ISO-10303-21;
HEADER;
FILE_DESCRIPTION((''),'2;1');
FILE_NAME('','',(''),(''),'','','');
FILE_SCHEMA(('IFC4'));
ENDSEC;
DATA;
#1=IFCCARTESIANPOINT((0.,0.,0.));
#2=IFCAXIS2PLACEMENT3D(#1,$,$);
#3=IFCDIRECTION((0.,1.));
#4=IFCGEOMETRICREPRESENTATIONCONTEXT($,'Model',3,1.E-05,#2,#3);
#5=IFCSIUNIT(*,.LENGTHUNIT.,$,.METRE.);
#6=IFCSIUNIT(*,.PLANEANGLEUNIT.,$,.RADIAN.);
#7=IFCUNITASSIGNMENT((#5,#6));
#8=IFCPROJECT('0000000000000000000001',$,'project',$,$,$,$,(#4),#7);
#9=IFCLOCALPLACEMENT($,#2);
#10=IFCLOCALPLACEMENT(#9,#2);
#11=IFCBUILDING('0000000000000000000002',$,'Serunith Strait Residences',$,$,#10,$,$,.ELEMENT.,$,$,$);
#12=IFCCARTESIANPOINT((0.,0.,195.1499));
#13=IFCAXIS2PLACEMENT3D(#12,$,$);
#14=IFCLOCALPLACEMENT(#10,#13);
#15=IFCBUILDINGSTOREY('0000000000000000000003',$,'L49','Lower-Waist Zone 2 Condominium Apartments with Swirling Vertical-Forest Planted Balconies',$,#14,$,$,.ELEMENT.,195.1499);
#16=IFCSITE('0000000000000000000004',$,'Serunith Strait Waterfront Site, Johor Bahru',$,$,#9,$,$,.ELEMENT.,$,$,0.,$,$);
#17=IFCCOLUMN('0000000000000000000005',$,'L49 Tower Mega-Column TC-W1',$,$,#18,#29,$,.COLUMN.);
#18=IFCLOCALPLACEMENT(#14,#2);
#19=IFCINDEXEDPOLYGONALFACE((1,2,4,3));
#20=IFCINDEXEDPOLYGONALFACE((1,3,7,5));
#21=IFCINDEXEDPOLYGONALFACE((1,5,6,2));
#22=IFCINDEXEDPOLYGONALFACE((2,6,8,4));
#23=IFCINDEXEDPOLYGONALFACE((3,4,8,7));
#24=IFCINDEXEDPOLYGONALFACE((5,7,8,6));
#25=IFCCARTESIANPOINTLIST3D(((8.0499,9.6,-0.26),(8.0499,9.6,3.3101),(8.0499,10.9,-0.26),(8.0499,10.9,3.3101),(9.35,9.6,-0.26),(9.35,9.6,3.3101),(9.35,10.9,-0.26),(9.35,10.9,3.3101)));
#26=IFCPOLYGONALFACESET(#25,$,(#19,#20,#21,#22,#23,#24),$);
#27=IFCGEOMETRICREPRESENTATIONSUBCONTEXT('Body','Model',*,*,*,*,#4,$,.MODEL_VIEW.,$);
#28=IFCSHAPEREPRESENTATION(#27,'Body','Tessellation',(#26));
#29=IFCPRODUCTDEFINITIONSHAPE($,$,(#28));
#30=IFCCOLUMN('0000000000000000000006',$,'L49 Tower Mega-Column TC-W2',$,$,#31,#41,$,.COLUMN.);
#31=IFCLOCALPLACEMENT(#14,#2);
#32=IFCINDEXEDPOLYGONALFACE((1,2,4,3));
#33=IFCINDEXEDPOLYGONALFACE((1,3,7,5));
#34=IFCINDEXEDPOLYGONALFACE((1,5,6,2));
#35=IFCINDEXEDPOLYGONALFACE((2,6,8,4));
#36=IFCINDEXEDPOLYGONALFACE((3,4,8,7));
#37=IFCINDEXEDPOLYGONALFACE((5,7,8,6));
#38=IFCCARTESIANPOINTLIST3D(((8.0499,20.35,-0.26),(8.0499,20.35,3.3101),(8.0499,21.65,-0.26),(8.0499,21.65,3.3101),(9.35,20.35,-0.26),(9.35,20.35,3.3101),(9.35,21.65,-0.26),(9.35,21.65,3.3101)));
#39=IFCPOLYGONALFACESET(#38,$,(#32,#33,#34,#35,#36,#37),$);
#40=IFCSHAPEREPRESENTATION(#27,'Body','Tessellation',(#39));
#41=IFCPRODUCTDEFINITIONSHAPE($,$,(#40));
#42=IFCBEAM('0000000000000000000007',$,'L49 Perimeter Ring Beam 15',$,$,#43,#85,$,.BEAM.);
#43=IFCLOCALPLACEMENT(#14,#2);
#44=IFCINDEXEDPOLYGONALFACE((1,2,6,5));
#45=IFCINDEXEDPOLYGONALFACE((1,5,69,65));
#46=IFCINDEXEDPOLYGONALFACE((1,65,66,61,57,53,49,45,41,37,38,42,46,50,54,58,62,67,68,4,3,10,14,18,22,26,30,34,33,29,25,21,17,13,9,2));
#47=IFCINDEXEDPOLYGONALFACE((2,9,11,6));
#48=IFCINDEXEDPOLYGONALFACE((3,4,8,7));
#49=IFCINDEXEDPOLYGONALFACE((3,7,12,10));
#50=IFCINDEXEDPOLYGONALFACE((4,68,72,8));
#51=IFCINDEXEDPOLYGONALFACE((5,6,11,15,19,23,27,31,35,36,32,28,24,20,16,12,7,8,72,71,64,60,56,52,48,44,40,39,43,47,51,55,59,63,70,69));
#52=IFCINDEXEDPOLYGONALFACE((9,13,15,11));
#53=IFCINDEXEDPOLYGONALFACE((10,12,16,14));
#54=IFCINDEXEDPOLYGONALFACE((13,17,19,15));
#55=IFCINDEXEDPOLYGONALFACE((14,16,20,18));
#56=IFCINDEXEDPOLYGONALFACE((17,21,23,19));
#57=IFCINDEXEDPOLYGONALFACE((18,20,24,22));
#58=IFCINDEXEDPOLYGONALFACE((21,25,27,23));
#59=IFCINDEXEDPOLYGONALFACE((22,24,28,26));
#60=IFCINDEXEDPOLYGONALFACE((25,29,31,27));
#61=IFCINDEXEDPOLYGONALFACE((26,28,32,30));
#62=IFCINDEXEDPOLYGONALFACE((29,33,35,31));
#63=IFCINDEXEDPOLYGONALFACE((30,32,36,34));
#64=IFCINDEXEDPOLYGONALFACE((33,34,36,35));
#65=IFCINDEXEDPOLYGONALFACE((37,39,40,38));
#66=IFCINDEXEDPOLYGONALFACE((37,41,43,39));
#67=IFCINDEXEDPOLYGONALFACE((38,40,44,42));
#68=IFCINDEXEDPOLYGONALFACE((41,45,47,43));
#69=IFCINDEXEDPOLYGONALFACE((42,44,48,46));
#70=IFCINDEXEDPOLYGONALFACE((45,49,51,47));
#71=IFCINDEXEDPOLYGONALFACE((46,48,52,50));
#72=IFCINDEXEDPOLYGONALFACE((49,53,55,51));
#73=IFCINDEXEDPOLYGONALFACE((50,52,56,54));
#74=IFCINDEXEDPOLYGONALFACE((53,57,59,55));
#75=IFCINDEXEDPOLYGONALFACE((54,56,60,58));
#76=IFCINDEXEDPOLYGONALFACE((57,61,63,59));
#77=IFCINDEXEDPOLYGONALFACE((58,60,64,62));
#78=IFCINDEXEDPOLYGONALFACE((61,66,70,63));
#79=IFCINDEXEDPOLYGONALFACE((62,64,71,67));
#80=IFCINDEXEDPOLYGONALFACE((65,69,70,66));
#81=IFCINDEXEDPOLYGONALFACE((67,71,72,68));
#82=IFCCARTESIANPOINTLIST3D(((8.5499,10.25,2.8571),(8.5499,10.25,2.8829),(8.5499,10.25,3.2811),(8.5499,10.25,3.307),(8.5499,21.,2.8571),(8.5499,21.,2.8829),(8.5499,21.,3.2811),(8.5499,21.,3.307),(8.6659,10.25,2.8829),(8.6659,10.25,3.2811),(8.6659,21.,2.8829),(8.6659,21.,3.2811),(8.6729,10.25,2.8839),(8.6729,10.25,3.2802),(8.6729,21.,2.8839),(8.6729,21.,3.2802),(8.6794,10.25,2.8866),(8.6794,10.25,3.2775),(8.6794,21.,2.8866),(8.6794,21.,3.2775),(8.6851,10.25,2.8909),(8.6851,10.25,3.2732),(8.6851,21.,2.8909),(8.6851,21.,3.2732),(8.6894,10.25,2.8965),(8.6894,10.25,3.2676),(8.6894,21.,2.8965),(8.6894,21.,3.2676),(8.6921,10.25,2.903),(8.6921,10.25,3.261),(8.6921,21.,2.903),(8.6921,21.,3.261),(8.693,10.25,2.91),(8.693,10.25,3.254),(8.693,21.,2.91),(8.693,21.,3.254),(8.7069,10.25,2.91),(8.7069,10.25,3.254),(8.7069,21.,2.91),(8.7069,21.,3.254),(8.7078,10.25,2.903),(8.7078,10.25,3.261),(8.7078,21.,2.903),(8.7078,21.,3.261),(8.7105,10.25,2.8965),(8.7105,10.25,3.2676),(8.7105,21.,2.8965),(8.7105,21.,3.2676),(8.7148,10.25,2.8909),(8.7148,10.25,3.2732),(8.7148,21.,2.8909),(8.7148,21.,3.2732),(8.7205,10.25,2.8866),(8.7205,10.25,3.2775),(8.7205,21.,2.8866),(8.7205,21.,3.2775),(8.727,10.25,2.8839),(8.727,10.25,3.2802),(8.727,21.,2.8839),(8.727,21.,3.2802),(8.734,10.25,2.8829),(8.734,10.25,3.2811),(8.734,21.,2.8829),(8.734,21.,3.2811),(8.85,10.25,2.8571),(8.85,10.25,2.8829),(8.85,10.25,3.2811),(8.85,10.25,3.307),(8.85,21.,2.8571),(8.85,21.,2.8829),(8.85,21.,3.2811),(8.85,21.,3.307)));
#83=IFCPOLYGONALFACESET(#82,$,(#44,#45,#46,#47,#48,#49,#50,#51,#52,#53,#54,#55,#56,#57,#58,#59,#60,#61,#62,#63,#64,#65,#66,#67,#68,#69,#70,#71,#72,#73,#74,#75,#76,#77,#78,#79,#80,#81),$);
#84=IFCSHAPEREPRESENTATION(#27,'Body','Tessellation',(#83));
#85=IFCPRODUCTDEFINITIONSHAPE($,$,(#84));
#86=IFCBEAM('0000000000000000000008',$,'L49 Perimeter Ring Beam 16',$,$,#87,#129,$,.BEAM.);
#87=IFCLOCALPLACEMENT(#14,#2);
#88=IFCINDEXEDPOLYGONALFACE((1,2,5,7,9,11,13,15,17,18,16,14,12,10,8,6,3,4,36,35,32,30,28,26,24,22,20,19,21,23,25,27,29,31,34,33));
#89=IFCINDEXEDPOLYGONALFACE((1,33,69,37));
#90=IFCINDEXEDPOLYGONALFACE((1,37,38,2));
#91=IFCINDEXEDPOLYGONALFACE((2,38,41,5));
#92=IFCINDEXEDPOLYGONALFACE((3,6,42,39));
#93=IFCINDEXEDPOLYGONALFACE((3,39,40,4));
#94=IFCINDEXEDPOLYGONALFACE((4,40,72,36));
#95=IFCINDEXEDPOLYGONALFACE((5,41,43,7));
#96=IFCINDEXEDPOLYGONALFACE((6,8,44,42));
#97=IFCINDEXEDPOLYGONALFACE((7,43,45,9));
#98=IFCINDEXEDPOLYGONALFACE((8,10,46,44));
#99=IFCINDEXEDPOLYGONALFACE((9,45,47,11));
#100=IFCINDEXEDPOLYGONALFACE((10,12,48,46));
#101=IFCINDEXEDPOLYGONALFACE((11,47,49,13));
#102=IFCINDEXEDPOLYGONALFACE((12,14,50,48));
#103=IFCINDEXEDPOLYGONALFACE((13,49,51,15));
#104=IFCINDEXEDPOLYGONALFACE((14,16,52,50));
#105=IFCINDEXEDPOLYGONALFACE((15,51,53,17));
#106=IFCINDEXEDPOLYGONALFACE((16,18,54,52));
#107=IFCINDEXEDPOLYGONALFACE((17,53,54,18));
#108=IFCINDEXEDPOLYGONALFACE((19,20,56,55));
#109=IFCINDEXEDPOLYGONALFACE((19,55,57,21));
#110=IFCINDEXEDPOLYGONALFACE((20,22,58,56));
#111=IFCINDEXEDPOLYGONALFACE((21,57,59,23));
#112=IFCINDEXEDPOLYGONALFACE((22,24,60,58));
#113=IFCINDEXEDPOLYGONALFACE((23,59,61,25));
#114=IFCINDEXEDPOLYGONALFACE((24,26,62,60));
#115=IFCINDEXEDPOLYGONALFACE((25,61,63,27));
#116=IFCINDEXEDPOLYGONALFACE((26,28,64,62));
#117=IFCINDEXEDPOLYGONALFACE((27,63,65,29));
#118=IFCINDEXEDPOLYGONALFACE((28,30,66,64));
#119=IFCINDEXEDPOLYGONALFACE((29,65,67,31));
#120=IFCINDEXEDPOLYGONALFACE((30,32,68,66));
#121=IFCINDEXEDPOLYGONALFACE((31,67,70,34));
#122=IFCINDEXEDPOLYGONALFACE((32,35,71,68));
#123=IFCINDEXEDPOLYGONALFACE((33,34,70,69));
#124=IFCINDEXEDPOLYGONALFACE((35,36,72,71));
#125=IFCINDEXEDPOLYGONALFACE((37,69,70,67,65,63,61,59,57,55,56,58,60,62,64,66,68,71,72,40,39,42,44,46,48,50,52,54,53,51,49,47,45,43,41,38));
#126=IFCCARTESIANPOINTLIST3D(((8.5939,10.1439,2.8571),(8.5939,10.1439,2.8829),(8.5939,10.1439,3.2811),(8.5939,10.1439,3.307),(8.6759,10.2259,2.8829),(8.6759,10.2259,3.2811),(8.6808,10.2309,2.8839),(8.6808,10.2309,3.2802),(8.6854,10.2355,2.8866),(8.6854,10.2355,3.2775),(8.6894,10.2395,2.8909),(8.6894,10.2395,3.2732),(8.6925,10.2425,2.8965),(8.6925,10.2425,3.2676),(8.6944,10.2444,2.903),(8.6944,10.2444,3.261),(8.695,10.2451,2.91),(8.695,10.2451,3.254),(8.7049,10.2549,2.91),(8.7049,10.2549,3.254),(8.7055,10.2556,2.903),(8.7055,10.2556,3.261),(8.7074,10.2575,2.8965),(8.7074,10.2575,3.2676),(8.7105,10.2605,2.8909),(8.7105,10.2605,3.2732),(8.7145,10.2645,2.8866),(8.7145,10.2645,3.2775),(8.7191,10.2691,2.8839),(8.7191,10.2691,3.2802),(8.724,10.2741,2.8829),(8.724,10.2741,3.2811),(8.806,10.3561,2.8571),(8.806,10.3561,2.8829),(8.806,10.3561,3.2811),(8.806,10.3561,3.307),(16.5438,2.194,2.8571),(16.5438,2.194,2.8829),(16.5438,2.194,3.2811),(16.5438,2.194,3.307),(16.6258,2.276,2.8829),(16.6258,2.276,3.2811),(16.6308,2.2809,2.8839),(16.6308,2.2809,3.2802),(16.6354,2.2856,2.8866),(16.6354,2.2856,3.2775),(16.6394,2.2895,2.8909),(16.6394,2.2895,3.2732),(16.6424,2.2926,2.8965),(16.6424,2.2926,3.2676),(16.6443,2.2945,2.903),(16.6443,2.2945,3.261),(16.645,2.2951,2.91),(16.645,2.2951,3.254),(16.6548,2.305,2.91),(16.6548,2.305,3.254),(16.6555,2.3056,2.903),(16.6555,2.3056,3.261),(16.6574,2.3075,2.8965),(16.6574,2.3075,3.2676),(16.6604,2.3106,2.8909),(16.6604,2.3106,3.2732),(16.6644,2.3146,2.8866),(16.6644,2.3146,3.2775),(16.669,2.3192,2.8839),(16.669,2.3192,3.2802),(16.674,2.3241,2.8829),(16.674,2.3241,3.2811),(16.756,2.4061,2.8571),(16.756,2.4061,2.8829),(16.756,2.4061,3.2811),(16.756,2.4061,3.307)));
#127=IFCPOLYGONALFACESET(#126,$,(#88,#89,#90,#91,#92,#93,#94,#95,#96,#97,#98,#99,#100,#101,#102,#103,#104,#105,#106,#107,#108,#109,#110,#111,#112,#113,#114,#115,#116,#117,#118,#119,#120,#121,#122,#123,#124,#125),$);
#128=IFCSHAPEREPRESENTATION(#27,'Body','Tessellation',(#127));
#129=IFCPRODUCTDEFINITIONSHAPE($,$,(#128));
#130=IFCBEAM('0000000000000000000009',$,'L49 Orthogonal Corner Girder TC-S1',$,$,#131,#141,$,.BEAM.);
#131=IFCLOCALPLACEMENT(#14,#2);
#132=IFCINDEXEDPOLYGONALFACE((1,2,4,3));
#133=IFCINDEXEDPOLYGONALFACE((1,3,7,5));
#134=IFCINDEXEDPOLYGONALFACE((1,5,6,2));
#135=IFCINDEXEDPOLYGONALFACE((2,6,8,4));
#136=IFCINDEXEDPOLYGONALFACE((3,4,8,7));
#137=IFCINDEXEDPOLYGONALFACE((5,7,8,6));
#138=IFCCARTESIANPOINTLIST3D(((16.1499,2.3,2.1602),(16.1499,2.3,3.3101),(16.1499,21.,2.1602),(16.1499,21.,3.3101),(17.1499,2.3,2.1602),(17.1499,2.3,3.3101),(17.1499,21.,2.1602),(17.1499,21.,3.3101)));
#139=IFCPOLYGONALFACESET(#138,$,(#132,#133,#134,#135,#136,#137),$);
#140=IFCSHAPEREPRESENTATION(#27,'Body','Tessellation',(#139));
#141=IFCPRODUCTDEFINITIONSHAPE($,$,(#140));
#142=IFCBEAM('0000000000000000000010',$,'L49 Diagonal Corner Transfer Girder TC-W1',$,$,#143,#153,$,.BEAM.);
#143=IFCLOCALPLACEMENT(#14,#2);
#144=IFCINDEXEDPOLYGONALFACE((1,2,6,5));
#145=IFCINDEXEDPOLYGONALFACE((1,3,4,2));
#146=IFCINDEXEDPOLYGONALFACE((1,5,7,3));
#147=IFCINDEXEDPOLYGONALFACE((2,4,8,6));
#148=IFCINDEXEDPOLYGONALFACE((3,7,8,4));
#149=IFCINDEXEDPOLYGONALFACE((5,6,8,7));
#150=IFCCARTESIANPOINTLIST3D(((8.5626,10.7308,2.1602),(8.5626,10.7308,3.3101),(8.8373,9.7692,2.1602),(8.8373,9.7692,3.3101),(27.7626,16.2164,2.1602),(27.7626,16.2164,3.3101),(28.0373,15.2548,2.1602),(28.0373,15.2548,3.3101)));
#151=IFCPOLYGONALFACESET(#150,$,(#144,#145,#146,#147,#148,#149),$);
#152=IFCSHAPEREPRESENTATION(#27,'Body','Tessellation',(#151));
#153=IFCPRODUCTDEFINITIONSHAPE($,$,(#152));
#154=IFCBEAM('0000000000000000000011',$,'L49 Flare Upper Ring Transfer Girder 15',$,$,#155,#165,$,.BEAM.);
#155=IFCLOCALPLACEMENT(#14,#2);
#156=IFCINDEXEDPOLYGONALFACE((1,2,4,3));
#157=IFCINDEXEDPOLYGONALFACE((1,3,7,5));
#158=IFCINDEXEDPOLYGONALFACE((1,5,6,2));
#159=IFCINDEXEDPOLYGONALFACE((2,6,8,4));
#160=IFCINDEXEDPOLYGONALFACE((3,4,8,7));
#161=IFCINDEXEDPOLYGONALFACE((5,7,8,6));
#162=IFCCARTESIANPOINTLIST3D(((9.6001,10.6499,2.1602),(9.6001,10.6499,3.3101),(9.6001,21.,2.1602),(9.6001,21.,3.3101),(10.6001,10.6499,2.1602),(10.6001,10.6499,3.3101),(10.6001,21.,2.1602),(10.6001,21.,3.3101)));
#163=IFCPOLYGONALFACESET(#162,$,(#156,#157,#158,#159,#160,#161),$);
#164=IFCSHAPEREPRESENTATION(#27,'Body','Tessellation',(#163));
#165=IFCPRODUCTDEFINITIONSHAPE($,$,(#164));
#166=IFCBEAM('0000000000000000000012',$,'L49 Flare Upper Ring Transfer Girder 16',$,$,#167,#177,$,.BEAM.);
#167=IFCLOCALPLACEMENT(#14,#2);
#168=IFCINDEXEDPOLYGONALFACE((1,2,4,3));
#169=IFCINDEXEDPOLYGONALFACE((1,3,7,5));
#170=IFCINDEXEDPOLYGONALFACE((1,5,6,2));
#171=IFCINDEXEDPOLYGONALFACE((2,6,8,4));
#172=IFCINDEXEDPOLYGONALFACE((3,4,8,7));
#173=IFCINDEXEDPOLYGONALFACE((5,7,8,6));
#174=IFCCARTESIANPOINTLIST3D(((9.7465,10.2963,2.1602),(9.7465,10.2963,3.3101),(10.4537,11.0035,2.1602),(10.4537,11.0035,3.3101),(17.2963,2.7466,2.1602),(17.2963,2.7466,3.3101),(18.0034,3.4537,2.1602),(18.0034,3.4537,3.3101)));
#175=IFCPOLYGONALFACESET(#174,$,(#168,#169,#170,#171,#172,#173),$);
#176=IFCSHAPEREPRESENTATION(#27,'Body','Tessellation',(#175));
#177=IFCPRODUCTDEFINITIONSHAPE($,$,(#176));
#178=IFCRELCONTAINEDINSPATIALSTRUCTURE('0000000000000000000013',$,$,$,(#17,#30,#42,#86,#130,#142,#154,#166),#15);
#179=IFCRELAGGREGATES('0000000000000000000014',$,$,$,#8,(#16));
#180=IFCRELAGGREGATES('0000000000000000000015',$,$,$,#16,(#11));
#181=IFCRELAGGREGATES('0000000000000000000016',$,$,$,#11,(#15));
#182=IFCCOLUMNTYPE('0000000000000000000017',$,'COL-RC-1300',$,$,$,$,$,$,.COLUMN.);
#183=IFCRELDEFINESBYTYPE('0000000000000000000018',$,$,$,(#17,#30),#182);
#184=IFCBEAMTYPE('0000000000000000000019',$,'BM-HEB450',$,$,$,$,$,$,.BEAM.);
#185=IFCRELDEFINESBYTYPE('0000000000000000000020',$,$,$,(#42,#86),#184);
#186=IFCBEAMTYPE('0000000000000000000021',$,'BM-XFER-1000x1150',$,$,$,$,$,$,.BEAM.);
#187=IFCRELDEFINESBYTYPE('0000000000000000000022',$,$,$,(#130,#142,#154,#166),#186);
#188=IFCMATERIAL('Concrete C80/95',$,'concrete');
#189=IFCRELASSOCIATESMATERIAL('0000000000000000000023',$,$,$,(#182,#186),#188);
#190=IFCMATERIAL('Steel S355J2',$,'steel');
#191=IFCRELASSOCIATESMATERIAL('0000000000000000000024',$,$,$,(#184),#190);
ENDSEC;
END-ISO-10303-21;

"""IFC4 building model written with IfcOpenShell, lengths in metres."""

from ifc_helpers import new_model, si_unit, direction, frame, origin, origin_2d, place, context, subcontext, project, spatial, rectangle, i_section, extrude, source, transform, mapped, material, material_profile, profile_set, type_object, element, save


model = new_model("IFC4")

# Units and contexts
model_context = context("Model", 3, precision=1e-05, world=origin(), true_north=direction((0.0, 1.0)))
body_context = subcontext(model_context, "Body", "Model", "MODEL_VIEW")
ifc_project = project(units=[si_unit("LENGTHUNIT", "METRE"), si_unit("PLANEANGLEUNIT", "RADIAN")], contexts=[model_context])

# Site, building, storey
site_placement = place(None, origin())
site = spatial("IfcSite", under=ifc_project, at=site_placement, Name="Serunith Strait Waterfront Site, Johor Bahru", CompositionType="ELEMENT", RefElevation=0.0)
building_placement = place(site_placement, origin())
building = spatial("IfcBuilding", under=site, at=building_placement, Name="Serunith Strait Residences", CompositionType="ELEMENT")
storey_placement = place(building_placement, frame((0.0, 0.0, 195.1499)))
storey = spatial("IfcBuildingStorey", under=building, at=storey_placement, Name="L49", Description="Lower-Waist Zone 2 Condominium Apartments with Swirling Vertical-Forest Planted Balconies", CompositionType="ELEMENT", Elevation=195.1499)

# Columns
ifc_material_1 = material(Name="Concrete C80/95", Category="concrete")
ifc_material_profile_1 = material_profile(ifc_material_1, rectangle(XDim=1.3, YDim=1.3, at=origin_2d()), Name="RC 1300x1300")
ifc_profile_set_1 = profile_set([ifc_material_profile_1], Name="Concrete C80/95")
column_type = type_object("IfcColumnType", Name="COL-RC-1300", PredefinedType="COLUMN", material=ifc_profile_set_1)
shared_shape_1 = source(origin(), body_context, "Body", "SweptSolid", [
    extrude(rectangle(XDim=1.3, YDim=1.3, at=origin_2d()), origin(), (0.0, 0.0, 1.0), 3.5701),
])
for number, where, z_axis, x_axis, name in (
    (1, (8.7, 10.25, -0.26), (0.0, 0.0, 1.0), (1.0, 0.0, 0.0), "L49 Tower Mega-Column TC-W1"),
    (2, (8.7, 21.0, -0.26), (0.0, 0.0, 1.0), (1.0, 0.0, 0.0), "L49 Tower Mega-Column TC-W2"),
):
    element("IfcColumn", number, at=place(storey_placement, frame(where, z_axis=z_axis, x_axis=x_axis)), inside=storey, type_object=column_type, Name=name, PredefinedType="COLUMN", context=body_context, shape_type="MappedRepresentation", body=[
        mapped(shared_shape_1, transform((0.0, 0.0, 0.0), scale=1.0)),
    ])

# Beams
ifc_material_2 = material(Name="Steel S355J2", Category="steel")
ifc_material_profile_2 = material_profile(ifc_material_2, i_section(OverallWidth=0.3, OverallDepth=0.45, WebThickness=0.0139, FlangeThickness=0.0259, FilletRadius=0.0271, at=origin_2d()), Name="HEB 450")
ifc_profile_set_2 = profile_set([ifc_material_profile_2], Name="Steel S355J2")
beam_type_1 = type_object("IfcBeamType", Name="BM-HEB450", PredefinedType="BEAM", material=ifc_profile_set_2)
shared_shape_2 = source(origin(), body_context, "Body", "SweptSolid", [
    extrude(i_section(OverallWidth=0.3, OverallDepth=0.45, WebThickness=0.0139, FlangeThickness=0.0259, FilletRadius=0.0271, at=origin_2d()), origin(), (0.0, 0.0, 1.0), 10.75),
])
beam_1_placement = place(storey_placement, frame((8.7, 21.0, 3.082), z_axis=(0.0, -1.0, 0.0), x_axis=(1.0, 0.0, 0.0)))
element("IfcBeam", 3, at=beam_1_placement, inside=storey, type_object=beam_type_1, Name="L49 Perimeter Ring Beam 15", PredefinedType="BEAM", context=body_context, shape_type="MappedRepresentation", body=[
    mapped(shared_shape_2, transform((0.0, 0.0, 0.0), scale=1.0)),
])
shared_shape_3 = source(origin(), body_context, "Body", "SweptSolid", [
    extrude(i_section(OverallWidth=0.3, OverallDepth=0.45, WebThickness=0.0139, FlangeThickness=0.0259, FilletRadius=0.0271, at=origin_2d()), origin(), (0.0, 0.0, 1.0), 11.2429),
])
beam_2_placement = place(storey_placement, frame((8.7, 10.25, 3.082), z_axis=(0.707107, -0.707107, 0.0), x_axis=(0.707107, 0.707107, 0.0)))
element("IfcBeam", 4, at=beam_2_placement, inside=storey, type_object=beam_type_1, Name="L49 Perimeter Ring Beam 16", PredefinedType="BEAM", context=body_context, shape_type="MappedRepresentation", body=[
    mapped(shared_shape_3, transform((0.0, 0.0, 0.0), scale=1.0)),
])
ifc_material_profile_3 = material_profile(ifc_material_1, rectangle(XDim=1.0, YDim=1.1499, at=origin_2d()), Name="RC 1000x1150")
ifc_profile_set_3 = profile_set([ifc_material_profile_3], Name="Concrete C80/95")
beam_type_2 = type_object("IfcBeamType", Name="BM-XFER-1000x1150", PredefinedType="BEAM", material=ifc_profile_set_3)
shared_shape_4 = source(origin(), body_context, "Body", "SweptSolid", [
    extrude(rectangle(XDim=1.0, YDim=1.1499, at=origin_2d()), origin(), (0.0, 0.0, 1.0), 18.7),
])
beam_3_placement = place(storey_placement, frame((16.6499, 21.0, 2.7351), z_axis=(0.0, -1.0, 0.0), x_axis=(1.0, 0.0, 0.0)))
element("IfcBeam", 5, at=beam_3_placement, inside=storey, type_object=beam_type_2, Name="L49 Orthogonal Corner Girder TC-S1", PredefinedType="BEAM", context=body_context, shape_type="MappedRepresentation", body=[
    mapped(shared_shape_4, transform((0.0, 0.0, 0.0), scale=1.0)),
])
shared_shape_5 = source(origin(), body_context, "Body", "SweptSolid", [
    extrude(rectangle(XDim=1.0, YDim=1.1499, at=origin_2d()), origin(), (0.0, 0.0, 1.0), 19.9683),
])
beam_4_placement = place(storey_placement, frame((8.7, 10.25, 2.7351), z_axis=(0.961525, 0.274716, 0.0), x_axis=(-0.274716, 0.961525, 0.0)))
element("IfcBeam", 6, at=beam_4_placement, inside=storey, type_object=beam_type_2, Name="L49 Diagonal Corner Transfer Girder TC-W1", PredefinedType="BEAM", context=body_context, shape_type="MappedRepresentation", body=[
    mapped(shared_shape_5, transform((0.0, 0.0, 0.0), scale=1.0)),
])
shared_shape_6 = source(origin(), body_context, "Body", "SweptSolid", [
    extrude(rectangle(XDim=1.0, YDim=1.1499, at=origin_2d()), origin(), (0.0, 0.0, 1.0), 10.3501),
])
beam_5_placement = place(storey_placement, frame((10.1001, 21.0, 2.7351), z_axis=(0.0, -1.0, 0.0), x_axis=(1.0, 0.0, 0.0)))
element("IfcBeam", 7, at=beam_5_placement, inside=storey, type_object=beam_type_2, Name="L49 Flare Upper Ring Transfer Girder 15", PredefinedType="BEAM", context=body_context, shape_type="MappedRepresentation", body=[
    mapped(shared_shape_6, transform((0.0, 0.0, 0.0), scale=1.0)),
])
shared_shape_7 = source(origin(), body_context, "Body", "SweptSolid", [
    extrude(rectangle(XDim=1.0, YDim=1.1499, at=origin_2d()), origin(), (0.0, 0.0, 1.0), 10.677),
])
beam_6_placement = place(storey_placement, frame((10.1001, 10.6499, 2.7351), z_axis=(0.707107, -0.707107, 0.0), x_axis=(0.707107, 0.707107, 0.0)))
element("IfcBeam", 8, at=beam_6_placement, inside=storey, type_object=beam_type_2, Name="L49 Flare Upper Ring Transfer Girder 16", PredefinedType="BEAM", context=body_context, shape_type="MappedRepresentation", body=[
    mapped(shared_shape_7, transform((0.0, 0.0, 0.0), scale=1.0)),
])

save(model, "model.ifc")
